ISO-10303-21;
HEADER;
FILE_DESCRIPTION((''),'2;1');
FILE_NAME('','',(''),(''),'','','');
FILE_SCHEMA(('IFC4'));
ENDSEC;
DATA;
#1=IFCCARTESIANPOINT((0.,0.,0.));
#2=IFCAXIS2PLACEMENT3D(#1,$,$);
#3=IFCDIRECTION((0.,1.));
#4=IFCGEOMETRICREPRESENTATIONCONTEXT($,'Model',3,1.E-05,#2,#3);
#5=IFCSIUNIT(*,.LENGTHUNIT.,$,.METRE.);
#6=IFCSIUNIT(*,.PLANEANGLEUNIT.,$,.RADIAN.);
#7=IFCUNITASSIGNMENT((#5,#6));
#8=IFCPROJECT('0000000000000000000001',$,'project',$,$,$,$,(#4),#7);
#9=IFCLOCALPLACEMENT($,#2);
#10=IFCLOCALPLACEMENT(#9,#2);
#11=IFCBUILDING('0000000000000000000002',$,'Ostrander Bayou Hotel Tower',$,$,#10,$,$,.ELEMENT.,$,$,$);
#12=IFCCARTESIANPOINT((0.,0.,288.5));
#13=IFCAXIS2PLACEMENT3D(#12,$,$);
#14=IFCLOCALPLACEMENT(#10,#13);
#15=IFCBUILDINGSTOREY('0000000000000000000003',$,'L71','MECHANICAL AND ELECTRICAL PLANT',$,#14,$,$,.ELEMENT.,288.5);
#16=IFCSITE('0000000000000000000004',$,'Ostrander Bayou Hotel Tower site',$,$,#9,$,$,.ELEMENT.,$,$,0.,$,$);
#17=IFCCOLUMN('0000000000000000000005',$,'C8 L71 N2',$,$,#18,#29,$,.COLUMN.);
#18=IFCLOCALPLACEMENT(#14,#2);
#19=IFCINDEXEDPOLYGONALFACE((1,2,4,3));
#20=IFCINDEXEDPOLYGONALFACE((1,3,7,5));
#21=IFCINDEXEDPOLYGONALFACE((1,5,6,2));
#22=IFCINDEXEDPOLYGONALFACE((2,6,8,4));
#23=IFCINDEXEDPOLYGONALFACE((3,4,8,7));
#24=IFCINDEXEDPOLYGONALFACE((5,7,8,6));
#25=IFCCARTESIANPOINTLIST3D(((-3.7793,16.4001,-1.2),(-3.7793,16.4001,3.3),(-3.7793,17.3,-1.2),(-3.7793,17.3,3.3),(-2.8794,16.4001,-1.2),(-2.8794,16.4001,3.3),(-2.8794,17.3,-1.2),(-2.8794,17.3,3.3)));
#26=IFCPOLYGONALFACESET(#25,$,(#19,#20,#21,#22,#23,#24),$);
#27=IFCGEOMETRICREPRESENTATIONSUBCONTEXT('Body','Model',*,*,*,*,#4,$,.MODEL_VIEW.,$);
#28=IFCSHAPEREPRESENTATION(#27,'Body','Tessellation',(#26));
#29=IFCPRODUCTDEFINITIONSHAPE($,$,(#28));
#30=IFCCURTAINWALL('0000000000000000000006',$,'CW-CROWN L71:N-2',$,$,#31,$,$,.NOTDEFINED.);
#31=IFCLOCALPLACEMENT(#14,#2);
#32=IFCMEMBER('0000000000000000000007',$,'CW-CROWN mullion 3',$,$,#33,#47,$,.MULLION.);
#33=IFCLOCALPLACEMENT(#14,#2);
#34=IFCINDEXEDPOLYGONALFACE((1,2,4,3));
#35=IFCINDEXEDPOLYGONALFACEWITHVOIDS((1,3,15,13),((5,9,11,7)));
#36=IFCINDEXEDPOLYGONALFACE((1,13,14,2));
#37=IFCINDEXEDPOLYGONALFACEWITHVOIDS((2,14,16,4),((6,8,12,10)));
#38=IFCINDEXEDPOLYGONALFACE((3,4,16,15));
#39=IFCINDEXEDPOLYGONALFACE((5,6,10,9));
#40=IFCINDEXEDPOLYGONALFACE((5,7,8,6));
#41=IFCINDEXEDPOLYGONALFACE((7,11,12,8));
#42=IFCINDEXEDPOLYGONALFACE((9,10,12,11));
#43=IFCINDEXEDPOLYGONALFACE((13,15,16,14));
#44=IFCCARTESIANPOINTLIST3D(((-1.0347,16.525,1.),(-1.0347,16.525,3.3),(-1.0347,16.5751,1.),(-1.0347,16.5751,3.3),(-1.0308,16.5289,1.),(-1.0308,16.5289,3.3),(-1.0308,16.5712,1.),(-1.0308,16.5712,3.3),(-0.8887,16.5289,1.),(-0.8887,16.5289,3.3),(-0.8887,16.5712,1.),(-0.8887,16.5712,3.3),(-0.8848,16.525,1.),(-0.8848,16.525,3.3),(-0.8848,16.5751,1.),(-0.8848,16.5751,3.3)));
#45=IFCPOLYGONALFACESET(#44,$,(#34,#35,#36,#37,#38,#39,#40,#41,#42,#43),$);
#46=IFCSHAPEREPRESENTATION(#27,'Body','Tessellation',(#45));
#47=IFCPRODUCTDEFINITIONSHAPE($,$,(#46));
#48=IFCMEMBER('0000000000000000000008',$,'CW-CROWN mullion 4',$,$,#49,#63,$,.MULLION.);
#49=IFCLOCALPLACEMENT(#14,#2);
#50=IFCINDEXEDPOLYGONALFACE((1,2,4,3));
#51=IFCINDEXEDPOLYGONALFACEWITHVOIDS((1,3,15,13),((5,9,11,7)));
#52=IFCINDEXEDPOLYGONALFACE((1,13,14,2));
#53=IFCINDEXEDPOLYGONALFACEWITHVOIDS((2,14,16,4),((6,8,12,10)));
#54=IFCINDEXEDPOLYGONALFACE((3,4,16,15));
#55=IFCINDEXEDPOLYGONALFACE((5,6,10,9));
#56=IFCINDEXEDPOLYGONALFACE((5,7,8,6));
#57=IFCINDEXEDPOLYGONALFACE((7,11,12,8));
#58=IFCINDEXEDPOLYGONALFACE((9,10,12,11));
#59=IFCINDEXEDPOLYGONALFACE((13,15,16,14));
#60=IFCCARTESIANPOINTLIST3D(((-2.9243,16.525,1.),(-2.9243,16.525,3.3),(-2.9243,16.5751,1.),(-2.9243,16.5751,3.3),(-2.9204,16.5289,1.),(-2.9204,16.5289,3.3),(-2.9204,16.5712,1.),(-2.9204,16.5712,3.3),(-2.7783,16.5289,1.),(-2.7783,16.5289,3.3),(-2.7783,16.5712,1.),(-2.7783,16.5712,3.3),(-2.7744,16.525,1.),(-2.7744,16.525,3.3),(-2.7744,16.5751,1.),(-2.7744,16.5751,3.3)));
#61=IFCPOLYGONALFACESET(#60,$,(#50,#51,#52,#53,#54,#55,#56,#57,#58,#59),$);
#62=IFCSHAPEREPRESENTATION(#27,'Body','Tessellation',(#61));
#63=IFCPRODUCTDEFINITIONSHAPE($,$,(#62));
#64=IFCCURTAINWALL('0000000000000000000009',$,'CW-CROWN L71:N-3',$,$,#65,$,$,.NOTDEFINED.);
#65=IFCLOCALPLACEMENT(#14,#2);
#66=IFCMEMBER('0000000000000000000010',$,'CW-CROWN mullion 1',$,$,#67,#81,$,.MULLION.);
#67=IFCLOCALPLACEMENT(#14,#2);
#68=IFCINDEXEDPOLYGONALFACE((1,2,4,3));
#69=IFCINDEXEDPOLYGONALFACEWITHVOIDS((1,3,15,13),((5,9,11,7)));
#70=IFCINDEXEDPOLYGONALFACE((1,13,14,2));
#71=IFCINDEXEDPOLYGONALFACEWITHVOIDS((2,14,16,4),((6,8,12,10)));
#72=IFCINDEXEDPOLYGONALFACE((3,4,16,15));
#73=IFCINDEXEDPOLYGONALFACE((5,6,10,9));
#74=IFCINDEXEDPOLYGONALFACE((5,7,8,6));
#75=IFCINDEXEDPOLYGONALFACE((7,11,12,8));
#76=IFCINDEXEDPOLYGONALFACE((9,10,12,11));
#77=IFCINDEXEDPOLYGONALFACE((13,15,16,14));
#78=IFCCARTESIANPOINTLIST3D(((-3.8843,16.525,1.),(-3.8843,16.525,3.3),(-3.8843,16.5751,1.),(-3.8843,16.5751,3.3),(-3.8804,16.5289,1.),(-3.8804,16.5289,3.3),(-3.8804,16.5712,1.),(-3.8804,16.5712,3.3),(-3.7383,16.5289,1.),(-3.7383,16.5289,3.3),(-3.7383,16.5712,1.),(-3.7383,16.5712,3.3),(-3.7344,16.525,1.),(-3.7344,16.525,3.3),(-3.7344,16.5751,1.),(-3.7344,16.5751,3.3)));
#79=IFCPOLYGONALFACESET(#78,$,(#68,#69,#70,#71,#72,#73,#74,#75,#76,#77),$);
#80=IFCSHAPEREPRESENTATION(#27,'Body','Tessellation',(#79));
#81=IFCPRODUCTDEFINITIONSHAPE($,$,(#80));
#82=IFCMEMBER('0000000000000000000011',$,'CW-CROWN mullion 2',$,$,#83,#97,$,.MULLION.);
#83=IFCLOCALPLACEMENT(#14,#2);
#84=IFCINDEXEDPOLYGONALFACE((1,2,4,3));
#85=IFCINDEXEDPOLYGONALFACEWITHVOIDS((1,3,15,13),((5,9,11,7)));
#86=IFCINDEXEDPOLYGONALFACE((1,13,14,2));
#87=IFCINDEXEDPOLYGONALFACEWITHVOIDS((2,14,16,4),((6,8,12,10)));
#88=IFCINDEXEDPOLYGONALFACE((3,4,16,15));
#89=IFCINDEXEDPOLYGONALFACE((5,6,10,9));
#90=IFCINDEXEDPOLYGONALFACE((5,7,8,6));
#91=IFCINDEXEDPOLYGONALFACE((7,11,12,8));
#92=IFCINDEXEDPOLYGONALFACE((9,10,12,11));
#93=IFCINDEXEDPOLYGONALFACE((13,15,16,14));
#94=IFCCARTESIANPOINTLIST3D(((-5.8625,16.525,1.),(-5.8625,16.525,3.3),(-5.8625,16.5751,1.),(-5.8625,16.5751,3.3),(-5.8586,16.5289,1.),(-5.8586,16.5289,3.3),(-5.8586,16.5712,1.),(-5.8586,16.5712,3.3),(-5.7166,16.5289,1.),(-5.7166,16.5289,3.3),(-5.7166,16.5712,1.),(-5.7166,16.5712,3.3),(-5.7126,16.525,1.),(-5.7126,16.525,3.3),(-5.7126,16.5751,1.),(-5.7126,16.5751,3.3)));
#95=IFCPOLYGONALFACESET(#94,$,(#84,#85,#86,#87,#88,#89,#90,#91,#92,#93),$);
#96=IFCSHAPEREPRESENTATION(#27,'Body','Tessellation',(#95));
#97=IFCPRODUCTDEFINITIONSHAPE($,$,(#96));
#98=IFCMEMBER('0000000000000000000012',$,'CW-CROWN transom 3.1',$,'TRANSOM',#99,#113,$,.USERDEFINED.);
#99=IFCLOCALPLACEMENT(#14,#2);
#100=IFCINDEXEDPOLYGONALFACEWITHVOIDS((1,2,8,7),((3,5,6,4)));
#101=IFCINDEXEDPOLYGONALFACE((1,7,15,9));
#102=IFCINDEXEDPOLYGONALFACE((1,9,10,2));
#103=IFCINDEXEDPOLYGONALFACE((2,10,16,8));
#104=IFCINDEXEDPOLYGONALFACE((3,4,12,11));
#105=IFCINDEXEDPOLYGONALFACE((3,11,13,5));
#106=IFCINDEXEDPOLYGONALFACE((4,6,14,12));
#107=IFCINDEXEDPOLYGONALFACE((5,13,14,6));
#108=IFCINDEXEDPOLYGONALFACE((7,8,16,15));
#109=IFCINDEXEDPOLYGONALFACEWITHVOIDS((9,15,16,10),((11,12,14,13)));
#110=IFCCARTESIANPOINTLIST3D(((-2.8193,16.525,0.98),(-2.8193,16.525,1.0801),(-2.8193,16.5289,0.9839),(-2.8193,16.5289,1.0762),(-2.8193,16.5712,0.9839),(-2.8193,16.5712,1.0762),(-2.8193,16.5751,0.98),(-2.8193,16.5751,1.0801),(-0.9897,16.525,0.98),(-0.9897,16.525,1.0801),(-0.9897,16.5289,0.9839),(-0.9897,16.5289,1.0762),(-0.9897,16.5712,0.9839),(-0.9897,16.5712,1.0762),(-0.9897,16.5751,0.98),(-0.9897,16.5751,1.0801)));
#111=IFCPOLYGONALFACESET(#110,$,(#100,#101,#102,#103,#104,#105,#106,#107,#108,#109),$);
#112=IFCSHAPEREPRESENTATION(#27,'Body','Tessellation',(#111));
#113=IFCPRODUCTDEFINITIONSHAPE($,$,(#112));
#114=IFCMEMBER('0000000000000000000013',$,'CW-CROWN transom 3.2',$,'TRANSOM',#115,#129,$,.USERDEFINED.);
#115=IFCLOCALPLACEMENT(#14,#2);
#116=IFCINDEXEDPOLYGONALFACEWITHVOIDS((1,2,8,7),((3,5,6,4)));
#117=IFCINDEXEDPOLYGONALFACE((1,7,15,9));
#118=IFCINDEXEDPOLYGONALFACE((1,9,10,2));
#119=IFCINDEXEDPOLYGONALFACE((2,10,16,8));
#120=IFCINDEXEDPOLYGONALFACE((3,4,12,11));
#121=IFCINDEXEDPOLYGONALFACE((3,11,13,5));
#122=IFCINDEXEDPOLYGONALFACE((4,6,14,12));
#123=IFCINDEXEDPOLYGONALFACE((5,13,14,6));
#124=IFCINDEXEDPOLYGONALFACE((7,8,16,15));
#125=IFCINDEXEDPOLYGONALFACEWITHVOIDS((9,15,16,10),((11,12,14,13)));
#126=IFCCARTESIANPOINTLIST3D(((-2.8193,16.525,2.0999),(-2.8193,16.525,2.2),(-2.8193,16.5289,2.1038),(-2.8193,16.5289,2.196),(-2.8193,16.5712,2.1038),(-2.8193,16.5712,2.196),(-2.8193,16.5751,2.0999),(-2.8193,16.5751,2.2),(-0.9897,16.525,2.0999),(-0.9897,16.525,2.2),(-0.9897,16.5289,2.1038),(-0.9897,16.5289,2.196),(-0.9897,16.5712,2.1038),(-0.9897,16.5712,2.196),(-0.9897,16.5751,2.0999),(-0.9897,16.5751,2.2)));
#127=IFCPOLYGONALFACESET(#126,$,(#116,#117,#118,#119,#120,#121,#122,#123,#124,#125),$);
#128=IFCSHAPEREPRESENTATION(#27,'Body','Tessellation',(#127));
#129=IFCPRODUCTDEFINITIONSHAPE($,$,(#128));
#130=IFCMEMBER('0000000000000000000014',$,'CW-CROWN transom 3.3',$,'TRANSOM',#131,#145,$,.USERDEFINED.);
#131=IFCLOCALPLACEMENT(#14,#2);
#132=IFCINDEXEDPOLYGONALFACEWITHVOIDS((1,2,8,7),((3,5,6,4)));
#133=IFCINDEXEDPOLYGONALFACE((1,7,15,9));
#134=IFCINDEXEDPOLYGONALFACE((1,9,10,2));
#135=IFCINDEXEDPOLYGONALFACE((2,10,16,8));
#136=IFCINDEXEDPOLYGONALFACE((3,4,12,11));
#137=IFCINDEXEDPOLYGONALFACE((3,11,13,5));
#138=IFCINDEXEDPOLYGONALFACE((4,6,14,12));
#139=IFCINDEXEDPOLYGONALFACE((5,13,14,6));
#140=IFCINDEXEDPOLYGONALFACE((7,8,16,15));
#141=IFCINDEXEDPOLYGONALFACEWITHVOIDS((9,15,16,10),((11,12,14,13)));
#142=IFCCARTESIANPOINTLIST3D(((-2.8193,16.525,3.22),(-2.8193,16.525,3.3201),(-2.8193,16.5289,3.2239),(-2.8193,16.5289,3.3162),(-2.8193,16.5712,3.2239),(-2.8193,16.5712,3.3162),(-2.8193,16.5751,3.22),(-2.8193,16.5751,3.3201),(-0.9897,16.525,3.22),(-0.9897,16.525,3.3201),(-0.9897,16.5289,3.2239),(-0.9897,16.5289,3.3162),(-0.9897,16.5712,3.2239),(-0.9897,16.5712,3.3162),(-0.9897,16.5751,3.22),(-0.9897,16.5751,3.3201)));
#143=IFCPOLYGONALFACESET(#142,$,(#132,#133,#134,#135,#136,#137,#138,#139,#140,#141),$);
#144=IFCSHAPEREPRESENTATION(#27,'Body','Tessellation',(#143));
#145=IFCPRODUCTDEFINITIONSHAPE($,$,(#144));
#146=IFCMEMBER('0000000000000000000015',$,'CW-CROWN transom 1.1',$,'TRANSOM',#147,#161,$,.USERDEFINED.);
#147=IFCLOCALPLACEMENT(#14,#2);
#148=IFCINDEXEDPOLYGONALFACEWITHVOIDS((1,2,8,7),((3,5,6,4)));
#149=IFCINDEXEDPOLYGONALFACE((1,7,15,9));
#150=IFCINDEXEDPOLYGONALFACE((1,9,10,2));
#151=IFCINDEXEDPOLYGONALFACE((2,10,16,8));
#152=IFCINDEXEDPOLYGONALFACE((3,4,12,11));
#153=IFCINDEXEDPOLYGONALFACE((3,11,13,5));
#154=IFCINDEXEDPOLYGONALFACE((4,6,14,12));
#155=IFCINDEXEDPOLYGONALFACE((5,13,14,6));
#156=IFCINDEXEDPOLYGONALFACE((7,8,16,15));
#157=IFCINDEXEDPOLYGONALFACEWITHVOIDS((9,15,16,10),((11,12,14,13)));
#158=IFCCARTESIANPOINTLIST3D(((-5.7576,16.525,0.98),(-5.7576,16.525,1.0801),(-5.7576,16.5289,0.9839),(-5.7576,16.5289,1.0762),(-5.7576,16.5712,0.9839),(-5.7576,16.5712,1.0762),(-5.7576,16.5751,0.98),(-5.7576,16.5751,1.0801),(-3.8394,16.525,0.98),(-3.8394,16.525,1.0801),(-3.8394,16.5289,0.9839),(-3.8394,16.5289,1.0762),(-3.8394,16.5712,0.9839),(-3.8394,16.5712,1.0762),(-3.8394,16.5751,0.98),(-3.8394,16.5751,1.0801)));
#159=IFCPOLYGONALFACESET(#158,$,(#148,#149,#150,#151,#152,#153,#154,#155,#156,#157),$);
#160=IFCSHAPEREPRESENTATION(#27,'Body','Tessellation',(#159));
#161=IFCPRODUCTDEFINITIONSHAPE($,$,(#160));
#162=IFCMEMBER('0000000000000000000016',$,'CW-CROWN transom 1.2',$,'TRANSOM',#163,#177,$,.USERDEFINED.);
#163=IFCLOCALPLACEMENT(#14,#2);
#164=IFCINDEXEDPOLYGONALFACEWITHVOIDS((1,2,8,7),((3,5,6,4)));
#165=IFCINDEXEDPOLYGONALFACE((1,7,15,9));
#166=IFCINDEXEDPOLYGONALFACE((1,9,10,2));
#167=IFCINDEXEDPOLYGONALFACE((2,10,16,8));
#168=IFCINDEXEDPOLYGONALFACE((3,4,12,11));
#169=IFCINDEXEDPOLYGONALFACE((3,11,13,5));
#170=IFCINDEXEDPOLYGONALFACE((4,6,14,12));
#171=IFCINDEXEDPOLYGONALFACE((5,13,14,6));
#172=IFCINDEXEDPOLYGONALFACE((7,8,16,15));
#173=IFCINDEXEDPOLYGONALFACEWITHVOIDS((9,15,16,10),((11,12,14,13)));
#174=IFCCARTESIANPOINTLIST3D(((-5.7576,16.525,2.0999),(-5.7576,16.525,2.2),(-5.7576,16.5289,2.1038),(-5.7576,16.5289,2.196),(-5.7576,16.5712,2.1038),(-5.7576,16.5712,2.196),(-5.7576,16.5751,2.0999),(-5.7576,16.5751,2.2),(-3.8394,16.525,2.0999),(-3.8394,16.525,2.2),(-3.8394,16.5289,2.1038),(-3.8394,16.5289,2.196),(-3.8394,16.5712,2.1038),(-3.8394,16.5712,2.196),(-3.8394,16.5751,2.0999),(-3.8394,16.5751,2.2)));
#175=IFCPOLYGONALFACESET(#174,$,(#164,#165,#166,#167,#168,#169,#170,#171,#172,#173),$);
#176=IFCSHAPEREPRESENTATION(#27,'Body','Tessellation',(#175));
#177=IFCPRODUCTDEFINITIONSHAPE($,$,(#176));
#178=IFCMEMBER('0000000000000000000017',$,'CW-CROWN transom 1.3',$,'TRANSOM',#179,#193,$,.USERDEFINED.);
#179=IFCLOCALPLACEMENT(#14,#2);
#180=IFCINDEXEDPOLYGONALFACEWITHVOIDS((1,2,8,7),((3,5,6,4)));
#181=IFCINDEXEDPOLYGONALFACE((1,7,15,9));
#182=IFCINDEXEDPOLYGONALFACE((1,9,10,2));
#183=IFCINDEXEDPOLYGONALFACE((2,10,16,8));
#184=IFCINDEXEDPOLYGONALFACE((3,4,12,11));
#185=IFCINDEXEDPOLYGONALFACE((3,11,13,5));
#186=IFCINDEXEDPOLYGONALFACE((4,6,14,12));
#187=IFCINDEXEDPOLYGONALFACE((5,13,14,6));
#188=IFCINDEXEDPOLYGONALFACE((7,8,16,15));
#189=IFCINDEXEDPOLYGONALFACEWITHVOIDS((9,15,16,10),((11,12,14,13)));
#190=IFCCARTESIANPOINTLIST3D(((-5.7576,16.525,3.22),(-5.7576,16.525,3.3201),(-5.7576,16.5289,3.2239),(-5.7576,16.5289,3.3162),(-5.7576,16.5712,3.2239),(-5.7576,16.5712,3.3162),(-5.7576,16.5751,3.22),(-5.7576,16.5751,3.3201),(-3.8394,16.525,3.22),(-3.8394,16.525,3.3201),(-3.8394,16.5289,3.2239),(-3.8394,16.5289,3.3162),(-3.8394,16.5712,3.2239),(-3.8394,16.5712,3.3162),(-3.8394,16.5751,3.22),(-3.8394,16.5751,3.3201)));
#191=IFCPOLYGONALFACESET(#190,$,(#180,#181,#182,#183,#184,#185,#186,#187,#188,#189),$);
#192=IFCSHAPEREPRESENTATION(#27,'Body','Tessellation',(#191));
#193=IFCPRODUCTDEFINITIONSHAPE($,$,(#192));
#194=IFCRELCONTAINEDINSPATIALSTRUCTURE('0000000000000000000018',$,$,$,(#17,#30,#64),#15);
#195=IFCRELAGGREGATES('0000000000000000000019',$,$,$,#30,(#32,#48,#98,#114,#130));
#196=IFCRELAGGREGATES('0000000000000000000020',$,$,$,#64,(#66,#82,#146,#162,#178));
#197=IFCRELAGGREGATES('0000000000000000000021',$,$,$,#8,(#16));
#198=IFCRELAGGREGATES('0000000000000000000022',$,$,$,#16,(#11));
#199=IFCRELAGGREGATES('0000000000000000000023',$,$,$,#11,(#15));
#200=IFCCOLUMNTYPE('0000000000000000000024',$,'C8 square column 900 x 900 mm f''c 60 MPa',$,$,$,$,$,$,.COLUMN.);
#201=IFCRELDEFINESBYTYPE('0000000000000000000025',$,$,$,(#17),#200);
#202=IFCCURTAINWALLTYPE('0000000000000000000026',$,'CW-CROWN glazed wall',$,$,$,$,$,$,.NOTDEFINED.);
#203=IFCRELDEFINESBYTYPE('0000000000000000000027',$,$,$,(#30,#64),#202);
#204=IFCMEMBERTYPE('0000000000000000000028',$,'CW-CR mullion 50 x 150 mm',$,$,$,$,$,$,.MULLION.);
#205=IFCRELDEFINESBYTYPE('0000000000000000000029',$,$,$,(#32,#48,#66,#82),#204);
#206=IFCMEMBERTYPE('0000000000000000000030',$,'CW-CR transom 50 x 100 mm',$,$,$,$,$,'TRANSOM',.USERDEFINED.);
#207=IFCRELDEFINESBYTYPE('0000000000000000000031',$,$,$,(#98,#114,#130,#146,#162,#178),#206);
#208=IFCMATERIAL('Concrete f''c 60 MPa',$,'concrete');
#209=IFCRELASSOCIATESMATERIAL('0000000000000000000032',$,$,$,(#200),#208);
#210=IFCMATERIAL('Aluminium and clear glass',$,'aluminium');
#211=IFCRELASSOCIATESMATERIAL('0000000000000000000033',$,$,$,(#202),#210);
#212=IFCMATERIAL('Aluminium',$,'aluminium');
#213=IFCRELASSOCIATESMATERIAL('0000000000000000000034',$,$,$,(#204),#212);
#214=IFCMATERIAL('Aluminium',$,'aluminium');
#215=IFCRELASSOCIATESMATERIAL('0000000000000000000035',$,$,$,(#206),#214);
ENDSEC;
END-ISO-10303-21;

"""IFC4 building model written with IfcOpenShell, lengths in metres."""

from ifc_helpers import new_model, si_unit, direction, frame, origin, origin_2d, place, context, subcontext, project, spatial, rectangle, hollow_rectangle, extrude, material, material_profile, profile_set, type_object, element, aggregate, save


model = new_model("IFC4")

# Units and contexts
model_context = context("Model", 3, precision=1e-05, world=origin(), true_north=direction((0.0, 1.0)))
body_context = subcontext(model_context, "Body", "Model", "MODEL_VIEW")
ifc_project = project(units=[si_unit("LENGTHUNIT", "METRE"), si_unit("PLANEANGLEUNIT", "RADIAN")], contexts=[model_context])

# Site, building, storey
site_placement = place(None, origin())
site = spatial("IfcSite", under=ifc_project, at=site_placement, Name="Ostrander Bayou Hotel Tower site", CompositionType="ELEMENT", RefElevation=0.0)
building_placement = place(site_placement, origin())
building = spatial("IfcBuilding", under=site, at=building_placement, Name="Ostrander Bayou Hotel Tower", CompositionType="ELEMENT")
storey_placement = place(building_placement, frame((0.0, 0.0, 288.5)))
storey = spatial("IfcBuildingStorey", under=building, at=storey_placement, Name="L71", Description="MECHANICAL AND ELECTRICAL PLANT", CompositionType="ELEMENT", Elevation=288.5)

# Column
ifc_material_1 = material(Name="Concrete f'c 60 MPa", Category="concrete")
ifc_material_profile_1 = material_profile(ifc_material_1, rectangle(XDim=0.8999, YDim=0.8999, at=origin_2d()))
ifc_profile_set_1 = profile_set([ifc_material_profile_1], Name="Concrete f'c 60 MPa")
column_type = type_object("IfcColumnType", Name="C8 square column 900 x 900 mm f'c 60 MPa", PredefinedType="COLUMN", material=ifc_profile_set_1)
column_placement = place(storey_placement, frame((-3.3293, 16.8501, -1.2), z_axis=(0.0, 0.0, 1.0), x_axis=(1.0, 0.0, 0.0)))
element("IfcColumn", 1, at=column_placement, inside=storey, type_object=column_type, Name="C8 L71 N2", PredefinedType="COLUMN", context=body_context, shape_type="SweptSolid", body=[
    extrude(rectangle(XDim=0.8999, YDim=0.8999, at=origin_2d()), origin(), (0.0, 0.0, 1.0), 4.5),
])

# Curtain walls, members
ifc_material_2 = material(Name="Aluminium and clear glass", Category="aluminium")
curtain_wall_type = type_object("IfcCurtainWallType", Name="CW-CROWN glazed wall", PredefinedType="NOTDEFINED", material=ifc_material_2)
curtain_wall_1_placement = place(storey_placement, origin())
curtain_wall_1 = element("IfcCurtainWall", 2, at=curtain_wall_1_placement, inside=storey, type_object=curtain_wall_type, Name="CW-CROWN L71:N-2", PredefinedType="NOTDEFINED")
ifc_material_3 = material(Name="Aluminium", Category="aluminium")
ifc_material_profile_2 = material_profile(ifc_material_3, hollow_rectangle(XDim=0.05, YDim=0.1499, WallThickness=0.0039, at=origin_2d()))
ifc_profile_set_2 = profile_set([ifc_material_profile_2], Name="Aluminium")
member_type_1 = type_object("IfcMemberType", Name="CW-CR mullion 50 x 150 mm", PredefinedType="MULLION", material=ifc_profile_set_2)
member_1_placement = place(storey_placement, frame((-0.9597, 16.55, 1.0), z_axis=(0.0, 0.0, 1.0), x_axis=(0.0, -1.0, 0.0)))
member_1 = element("IfcMember", 3, at=member_1_placement, type_object=member_type_1, Name="CW-CROWN mullion 3", PredefinedType="MULLION", context=body_context, shape_type="SweptSolid", body=[
    extrude(hollow_rectangle(XDim=0.05, YDim=0.1499, WallThickness=0.0039, at=origin_2d()), origin(), (0.0, 0.0, 1.0), 2.3),
])
member_2_placement = place(storey_placement, frame((-2.8494, 16.55, 1.0), z_axis=(0.0, 0.0, 1.0), x_axis=(0.0, -1.0, 0.0)))
member_2 = element("IfcMember", 4, at=member_2_placement, type_object=member_type_1, Name="CW-CROWN mullion 4", PredefinedType="MULLION", context=body_context, shape_type="SweptSolid", body=[
    extrude(hollow_rectangle(XDim=0.05, YDim=0.1499, WallThickness=0.0039, at=origin_2d()), origin(), (0.0, 0.0, 1.0), 2.3),
])
curtain_wall_2_placement = place(storey_placement, origin())
curtain_wall_2 = element("IfcCurtainWall", 5, at=curtain_wall_2_placement, inside=storey, type_object=curtain_wall_type, Name="CW-CROWN L71:N-3", PredefinedType="NOTDEFINED")
member_3_placement = place(storey_placement, frame((-3.8093, 16.55, 1.0), z_axis=(0.0, 0.0, 1.0), x_axis=(0.0, -1.0, 0.0)))
member_3 = element("IfcMember", 6, at=member_3_placement, type_object=member_type_1, Name="CW-CROWN mullion 1", PredefinedType="MULLION", context=body_context, shape_type="SweptSolid", body=[
    extrude(hollow_rectangle(XDim=0.05, YDim=0.1499, WallThickness=0.0039, at=origin_2d()), origin(), (0.0, 0.0, 1.0), 2.3),
])
member_4_placement = place(storey_placement, frame((-5.7876, 16.55, 1.0), z_axis=(0.0, 0.0, 1.0), x_axis=(0.0, -1.0, 0.0)))
member_4 = element("IfcMember", 7, at=member_4_placement, type_object=member_type_1, Name="CW-CROWN mullion 2", PredefinedType="MULLION", context=body_context, shape_type="SweptSolid", body=[
    extrude(hollow_rectangle(XDim=0.05, YDim=0.1499, WallThickness=0.0039, at=origin_2d()), origin(), (0.0, 0.0, 1.0), 2.3),
])

# Members
ifc_material_4 = material(Name="Aluminium", Category="aluminium")
ifc_material_profile_3 = material_profile(ifc_material_4, hollow_rectangle(XDim=0.05, YDim=0.1001, WallThickness=0.0039, at=origin_2d()))
ifc_profile_set_3 = profile_set([ifc_material_profile_3], Name="Aluminium")
member_type_2 = type_object("IfcMemberType", Name="CW-CR transom 50 x 100 mm", ElementType="TRANSOM", PredefinedType="USERDEFINED", material=ifc_profile_set_3)
member_5_placement = place(storey_placement, frame((-0.9897, 16.55, 1.03), z_axis=(-1.0, 0.0, 0.0), x_axis=(0.0, -1.0, 0.0)))
member_5 = element("IfcMember", 8, at=member_5_placement, type_object=member_type_2, Name="CW-CROWN transom 3.1", ObjectType="TRANSOM", PredefinedType="USERDEFINED", context=body_context, shape_type="SweptSolid", body=[
    extrude(hollow_rectangle(XDim=0.05, YDim=0.1001, WallThickness=0.0039, at=origin_2d()), origin(), (0.0, 0.0, 1.0), 1.8296),
])
member_6_placement = place(storey_placement, frame((-0.9897, 16.55, 2.1499), z_axis=(-1.0, 0.0, 0.0), x_axis=(0.0, -1.0, 0.0)))
member_6 = element("IfcMember", 9, at=member_6_placement, type_object=member_type_2, Name="CW-CROWN transom 3.2", ObjectType="TRANSOM", PredefinedType="USERDEFINED", context=body_context, shape_type="SweptSolid", body=[
    extrude(hollow_rectangle(XDim=0.05, YDim=0.1001, WallThickness=0.0039, at=origin_2d()), origin(), (0.0, 0.0, 1.0), 1.8296),
])
member_7_placement = place(storey_placement, frame((-0.9897, 16.55, 3.27), z_axis=(-1.0, 0.0, 0.0), x_axis=(0.0, -1.0, 0.0)))
member_7 = element("IfcMember", 10, at=member_7_placement, type_object=member_type_2, Name="CW-CROWN transom 3.3", ObjectType="TRANSOM", PredefinedType="USERDEFINED", context=body_context, shape_type="SweptSolid", body=[
    extrude(hollow_rectangle(XDim=0.05, YDim=0.1001, WallThickness=0.0039, at=origin_2d()), origin(), (0.0, 0.0, 1.0), 1.8296),
])
member_8_placement = place(storey_placement, frame((-3.8394, 16.55, 1.03), z_axis=(-1.0, 0.0, 0.0), x_axis=(0.0, -1.0, 0.0)))
member_8 = element("IfcMember", 11, at=member_8_placement, type_object=member_type_2, Name="CW-CROWN transom 1.1", ObjectType="TRANSOM", PredefinedType="USERDEFINED", context=body_context, shape_type="SweptSolid", body=[
    extrude(hollow_rectangle(XDim=0.05, YDim=0.1001, WallThickness=0.0039, at=origin_2d()), origin(), (0.0, 0.0, 1.0), 1.9182),
])
member_9_placement = place(storey_placement, frame((-3.8394, 16.55, 2.1499), z_axis=(-1.0, 0.0, 0.0), x_axis=(0.0, -1.0, 0.0)))
member_9 = element("IfcMember", 12, at=member_9_placement, type_object=member_type_2, Name="CW-CROWN transom 1.2", ObjectType="TRANSOM", PredefinedType="USERDEFINED", context=body_context, shape_type="SweptSolid", body=[
    extrude(hollow_rectangle(XDim=0.05, YDim=0.1001, WallThickness=0.0039, at=origin_2d()), origin(), (0.0, 0.0, 1.0), 1.9182),
])
member_10_placement = place(storey_placement, frame((-3.8394, 16.55, 3.27), z_axis=(-1.0, 0.0, 0.0), x_axis=(0.0, -1.0, 0.0)))
member_10 = element("IfcMember", 13, at=member_10_placement, type_object=member_type_2, Name="CW-CROWN transom 1.3", ObjectType="TRANSOM", PredefinedType="USERDEFINED", context=body_context, shape_type="SweptSolid", body=[
    extrude(hollow_rectangle(XDim=0.05, YDim=0.1001, WallThickness=0.0039, at=origin_2d()), origin(), (0.0, 0.0, 1.0), 1.9182),
])

aggregate(curtain_wall_1, [member_1, member_2, member_5, member_6, member_7])
aggregate(curtain_wall_2, [member_3, member_4, member_8, member_9, member_10])

save(model, "model.ifc")
